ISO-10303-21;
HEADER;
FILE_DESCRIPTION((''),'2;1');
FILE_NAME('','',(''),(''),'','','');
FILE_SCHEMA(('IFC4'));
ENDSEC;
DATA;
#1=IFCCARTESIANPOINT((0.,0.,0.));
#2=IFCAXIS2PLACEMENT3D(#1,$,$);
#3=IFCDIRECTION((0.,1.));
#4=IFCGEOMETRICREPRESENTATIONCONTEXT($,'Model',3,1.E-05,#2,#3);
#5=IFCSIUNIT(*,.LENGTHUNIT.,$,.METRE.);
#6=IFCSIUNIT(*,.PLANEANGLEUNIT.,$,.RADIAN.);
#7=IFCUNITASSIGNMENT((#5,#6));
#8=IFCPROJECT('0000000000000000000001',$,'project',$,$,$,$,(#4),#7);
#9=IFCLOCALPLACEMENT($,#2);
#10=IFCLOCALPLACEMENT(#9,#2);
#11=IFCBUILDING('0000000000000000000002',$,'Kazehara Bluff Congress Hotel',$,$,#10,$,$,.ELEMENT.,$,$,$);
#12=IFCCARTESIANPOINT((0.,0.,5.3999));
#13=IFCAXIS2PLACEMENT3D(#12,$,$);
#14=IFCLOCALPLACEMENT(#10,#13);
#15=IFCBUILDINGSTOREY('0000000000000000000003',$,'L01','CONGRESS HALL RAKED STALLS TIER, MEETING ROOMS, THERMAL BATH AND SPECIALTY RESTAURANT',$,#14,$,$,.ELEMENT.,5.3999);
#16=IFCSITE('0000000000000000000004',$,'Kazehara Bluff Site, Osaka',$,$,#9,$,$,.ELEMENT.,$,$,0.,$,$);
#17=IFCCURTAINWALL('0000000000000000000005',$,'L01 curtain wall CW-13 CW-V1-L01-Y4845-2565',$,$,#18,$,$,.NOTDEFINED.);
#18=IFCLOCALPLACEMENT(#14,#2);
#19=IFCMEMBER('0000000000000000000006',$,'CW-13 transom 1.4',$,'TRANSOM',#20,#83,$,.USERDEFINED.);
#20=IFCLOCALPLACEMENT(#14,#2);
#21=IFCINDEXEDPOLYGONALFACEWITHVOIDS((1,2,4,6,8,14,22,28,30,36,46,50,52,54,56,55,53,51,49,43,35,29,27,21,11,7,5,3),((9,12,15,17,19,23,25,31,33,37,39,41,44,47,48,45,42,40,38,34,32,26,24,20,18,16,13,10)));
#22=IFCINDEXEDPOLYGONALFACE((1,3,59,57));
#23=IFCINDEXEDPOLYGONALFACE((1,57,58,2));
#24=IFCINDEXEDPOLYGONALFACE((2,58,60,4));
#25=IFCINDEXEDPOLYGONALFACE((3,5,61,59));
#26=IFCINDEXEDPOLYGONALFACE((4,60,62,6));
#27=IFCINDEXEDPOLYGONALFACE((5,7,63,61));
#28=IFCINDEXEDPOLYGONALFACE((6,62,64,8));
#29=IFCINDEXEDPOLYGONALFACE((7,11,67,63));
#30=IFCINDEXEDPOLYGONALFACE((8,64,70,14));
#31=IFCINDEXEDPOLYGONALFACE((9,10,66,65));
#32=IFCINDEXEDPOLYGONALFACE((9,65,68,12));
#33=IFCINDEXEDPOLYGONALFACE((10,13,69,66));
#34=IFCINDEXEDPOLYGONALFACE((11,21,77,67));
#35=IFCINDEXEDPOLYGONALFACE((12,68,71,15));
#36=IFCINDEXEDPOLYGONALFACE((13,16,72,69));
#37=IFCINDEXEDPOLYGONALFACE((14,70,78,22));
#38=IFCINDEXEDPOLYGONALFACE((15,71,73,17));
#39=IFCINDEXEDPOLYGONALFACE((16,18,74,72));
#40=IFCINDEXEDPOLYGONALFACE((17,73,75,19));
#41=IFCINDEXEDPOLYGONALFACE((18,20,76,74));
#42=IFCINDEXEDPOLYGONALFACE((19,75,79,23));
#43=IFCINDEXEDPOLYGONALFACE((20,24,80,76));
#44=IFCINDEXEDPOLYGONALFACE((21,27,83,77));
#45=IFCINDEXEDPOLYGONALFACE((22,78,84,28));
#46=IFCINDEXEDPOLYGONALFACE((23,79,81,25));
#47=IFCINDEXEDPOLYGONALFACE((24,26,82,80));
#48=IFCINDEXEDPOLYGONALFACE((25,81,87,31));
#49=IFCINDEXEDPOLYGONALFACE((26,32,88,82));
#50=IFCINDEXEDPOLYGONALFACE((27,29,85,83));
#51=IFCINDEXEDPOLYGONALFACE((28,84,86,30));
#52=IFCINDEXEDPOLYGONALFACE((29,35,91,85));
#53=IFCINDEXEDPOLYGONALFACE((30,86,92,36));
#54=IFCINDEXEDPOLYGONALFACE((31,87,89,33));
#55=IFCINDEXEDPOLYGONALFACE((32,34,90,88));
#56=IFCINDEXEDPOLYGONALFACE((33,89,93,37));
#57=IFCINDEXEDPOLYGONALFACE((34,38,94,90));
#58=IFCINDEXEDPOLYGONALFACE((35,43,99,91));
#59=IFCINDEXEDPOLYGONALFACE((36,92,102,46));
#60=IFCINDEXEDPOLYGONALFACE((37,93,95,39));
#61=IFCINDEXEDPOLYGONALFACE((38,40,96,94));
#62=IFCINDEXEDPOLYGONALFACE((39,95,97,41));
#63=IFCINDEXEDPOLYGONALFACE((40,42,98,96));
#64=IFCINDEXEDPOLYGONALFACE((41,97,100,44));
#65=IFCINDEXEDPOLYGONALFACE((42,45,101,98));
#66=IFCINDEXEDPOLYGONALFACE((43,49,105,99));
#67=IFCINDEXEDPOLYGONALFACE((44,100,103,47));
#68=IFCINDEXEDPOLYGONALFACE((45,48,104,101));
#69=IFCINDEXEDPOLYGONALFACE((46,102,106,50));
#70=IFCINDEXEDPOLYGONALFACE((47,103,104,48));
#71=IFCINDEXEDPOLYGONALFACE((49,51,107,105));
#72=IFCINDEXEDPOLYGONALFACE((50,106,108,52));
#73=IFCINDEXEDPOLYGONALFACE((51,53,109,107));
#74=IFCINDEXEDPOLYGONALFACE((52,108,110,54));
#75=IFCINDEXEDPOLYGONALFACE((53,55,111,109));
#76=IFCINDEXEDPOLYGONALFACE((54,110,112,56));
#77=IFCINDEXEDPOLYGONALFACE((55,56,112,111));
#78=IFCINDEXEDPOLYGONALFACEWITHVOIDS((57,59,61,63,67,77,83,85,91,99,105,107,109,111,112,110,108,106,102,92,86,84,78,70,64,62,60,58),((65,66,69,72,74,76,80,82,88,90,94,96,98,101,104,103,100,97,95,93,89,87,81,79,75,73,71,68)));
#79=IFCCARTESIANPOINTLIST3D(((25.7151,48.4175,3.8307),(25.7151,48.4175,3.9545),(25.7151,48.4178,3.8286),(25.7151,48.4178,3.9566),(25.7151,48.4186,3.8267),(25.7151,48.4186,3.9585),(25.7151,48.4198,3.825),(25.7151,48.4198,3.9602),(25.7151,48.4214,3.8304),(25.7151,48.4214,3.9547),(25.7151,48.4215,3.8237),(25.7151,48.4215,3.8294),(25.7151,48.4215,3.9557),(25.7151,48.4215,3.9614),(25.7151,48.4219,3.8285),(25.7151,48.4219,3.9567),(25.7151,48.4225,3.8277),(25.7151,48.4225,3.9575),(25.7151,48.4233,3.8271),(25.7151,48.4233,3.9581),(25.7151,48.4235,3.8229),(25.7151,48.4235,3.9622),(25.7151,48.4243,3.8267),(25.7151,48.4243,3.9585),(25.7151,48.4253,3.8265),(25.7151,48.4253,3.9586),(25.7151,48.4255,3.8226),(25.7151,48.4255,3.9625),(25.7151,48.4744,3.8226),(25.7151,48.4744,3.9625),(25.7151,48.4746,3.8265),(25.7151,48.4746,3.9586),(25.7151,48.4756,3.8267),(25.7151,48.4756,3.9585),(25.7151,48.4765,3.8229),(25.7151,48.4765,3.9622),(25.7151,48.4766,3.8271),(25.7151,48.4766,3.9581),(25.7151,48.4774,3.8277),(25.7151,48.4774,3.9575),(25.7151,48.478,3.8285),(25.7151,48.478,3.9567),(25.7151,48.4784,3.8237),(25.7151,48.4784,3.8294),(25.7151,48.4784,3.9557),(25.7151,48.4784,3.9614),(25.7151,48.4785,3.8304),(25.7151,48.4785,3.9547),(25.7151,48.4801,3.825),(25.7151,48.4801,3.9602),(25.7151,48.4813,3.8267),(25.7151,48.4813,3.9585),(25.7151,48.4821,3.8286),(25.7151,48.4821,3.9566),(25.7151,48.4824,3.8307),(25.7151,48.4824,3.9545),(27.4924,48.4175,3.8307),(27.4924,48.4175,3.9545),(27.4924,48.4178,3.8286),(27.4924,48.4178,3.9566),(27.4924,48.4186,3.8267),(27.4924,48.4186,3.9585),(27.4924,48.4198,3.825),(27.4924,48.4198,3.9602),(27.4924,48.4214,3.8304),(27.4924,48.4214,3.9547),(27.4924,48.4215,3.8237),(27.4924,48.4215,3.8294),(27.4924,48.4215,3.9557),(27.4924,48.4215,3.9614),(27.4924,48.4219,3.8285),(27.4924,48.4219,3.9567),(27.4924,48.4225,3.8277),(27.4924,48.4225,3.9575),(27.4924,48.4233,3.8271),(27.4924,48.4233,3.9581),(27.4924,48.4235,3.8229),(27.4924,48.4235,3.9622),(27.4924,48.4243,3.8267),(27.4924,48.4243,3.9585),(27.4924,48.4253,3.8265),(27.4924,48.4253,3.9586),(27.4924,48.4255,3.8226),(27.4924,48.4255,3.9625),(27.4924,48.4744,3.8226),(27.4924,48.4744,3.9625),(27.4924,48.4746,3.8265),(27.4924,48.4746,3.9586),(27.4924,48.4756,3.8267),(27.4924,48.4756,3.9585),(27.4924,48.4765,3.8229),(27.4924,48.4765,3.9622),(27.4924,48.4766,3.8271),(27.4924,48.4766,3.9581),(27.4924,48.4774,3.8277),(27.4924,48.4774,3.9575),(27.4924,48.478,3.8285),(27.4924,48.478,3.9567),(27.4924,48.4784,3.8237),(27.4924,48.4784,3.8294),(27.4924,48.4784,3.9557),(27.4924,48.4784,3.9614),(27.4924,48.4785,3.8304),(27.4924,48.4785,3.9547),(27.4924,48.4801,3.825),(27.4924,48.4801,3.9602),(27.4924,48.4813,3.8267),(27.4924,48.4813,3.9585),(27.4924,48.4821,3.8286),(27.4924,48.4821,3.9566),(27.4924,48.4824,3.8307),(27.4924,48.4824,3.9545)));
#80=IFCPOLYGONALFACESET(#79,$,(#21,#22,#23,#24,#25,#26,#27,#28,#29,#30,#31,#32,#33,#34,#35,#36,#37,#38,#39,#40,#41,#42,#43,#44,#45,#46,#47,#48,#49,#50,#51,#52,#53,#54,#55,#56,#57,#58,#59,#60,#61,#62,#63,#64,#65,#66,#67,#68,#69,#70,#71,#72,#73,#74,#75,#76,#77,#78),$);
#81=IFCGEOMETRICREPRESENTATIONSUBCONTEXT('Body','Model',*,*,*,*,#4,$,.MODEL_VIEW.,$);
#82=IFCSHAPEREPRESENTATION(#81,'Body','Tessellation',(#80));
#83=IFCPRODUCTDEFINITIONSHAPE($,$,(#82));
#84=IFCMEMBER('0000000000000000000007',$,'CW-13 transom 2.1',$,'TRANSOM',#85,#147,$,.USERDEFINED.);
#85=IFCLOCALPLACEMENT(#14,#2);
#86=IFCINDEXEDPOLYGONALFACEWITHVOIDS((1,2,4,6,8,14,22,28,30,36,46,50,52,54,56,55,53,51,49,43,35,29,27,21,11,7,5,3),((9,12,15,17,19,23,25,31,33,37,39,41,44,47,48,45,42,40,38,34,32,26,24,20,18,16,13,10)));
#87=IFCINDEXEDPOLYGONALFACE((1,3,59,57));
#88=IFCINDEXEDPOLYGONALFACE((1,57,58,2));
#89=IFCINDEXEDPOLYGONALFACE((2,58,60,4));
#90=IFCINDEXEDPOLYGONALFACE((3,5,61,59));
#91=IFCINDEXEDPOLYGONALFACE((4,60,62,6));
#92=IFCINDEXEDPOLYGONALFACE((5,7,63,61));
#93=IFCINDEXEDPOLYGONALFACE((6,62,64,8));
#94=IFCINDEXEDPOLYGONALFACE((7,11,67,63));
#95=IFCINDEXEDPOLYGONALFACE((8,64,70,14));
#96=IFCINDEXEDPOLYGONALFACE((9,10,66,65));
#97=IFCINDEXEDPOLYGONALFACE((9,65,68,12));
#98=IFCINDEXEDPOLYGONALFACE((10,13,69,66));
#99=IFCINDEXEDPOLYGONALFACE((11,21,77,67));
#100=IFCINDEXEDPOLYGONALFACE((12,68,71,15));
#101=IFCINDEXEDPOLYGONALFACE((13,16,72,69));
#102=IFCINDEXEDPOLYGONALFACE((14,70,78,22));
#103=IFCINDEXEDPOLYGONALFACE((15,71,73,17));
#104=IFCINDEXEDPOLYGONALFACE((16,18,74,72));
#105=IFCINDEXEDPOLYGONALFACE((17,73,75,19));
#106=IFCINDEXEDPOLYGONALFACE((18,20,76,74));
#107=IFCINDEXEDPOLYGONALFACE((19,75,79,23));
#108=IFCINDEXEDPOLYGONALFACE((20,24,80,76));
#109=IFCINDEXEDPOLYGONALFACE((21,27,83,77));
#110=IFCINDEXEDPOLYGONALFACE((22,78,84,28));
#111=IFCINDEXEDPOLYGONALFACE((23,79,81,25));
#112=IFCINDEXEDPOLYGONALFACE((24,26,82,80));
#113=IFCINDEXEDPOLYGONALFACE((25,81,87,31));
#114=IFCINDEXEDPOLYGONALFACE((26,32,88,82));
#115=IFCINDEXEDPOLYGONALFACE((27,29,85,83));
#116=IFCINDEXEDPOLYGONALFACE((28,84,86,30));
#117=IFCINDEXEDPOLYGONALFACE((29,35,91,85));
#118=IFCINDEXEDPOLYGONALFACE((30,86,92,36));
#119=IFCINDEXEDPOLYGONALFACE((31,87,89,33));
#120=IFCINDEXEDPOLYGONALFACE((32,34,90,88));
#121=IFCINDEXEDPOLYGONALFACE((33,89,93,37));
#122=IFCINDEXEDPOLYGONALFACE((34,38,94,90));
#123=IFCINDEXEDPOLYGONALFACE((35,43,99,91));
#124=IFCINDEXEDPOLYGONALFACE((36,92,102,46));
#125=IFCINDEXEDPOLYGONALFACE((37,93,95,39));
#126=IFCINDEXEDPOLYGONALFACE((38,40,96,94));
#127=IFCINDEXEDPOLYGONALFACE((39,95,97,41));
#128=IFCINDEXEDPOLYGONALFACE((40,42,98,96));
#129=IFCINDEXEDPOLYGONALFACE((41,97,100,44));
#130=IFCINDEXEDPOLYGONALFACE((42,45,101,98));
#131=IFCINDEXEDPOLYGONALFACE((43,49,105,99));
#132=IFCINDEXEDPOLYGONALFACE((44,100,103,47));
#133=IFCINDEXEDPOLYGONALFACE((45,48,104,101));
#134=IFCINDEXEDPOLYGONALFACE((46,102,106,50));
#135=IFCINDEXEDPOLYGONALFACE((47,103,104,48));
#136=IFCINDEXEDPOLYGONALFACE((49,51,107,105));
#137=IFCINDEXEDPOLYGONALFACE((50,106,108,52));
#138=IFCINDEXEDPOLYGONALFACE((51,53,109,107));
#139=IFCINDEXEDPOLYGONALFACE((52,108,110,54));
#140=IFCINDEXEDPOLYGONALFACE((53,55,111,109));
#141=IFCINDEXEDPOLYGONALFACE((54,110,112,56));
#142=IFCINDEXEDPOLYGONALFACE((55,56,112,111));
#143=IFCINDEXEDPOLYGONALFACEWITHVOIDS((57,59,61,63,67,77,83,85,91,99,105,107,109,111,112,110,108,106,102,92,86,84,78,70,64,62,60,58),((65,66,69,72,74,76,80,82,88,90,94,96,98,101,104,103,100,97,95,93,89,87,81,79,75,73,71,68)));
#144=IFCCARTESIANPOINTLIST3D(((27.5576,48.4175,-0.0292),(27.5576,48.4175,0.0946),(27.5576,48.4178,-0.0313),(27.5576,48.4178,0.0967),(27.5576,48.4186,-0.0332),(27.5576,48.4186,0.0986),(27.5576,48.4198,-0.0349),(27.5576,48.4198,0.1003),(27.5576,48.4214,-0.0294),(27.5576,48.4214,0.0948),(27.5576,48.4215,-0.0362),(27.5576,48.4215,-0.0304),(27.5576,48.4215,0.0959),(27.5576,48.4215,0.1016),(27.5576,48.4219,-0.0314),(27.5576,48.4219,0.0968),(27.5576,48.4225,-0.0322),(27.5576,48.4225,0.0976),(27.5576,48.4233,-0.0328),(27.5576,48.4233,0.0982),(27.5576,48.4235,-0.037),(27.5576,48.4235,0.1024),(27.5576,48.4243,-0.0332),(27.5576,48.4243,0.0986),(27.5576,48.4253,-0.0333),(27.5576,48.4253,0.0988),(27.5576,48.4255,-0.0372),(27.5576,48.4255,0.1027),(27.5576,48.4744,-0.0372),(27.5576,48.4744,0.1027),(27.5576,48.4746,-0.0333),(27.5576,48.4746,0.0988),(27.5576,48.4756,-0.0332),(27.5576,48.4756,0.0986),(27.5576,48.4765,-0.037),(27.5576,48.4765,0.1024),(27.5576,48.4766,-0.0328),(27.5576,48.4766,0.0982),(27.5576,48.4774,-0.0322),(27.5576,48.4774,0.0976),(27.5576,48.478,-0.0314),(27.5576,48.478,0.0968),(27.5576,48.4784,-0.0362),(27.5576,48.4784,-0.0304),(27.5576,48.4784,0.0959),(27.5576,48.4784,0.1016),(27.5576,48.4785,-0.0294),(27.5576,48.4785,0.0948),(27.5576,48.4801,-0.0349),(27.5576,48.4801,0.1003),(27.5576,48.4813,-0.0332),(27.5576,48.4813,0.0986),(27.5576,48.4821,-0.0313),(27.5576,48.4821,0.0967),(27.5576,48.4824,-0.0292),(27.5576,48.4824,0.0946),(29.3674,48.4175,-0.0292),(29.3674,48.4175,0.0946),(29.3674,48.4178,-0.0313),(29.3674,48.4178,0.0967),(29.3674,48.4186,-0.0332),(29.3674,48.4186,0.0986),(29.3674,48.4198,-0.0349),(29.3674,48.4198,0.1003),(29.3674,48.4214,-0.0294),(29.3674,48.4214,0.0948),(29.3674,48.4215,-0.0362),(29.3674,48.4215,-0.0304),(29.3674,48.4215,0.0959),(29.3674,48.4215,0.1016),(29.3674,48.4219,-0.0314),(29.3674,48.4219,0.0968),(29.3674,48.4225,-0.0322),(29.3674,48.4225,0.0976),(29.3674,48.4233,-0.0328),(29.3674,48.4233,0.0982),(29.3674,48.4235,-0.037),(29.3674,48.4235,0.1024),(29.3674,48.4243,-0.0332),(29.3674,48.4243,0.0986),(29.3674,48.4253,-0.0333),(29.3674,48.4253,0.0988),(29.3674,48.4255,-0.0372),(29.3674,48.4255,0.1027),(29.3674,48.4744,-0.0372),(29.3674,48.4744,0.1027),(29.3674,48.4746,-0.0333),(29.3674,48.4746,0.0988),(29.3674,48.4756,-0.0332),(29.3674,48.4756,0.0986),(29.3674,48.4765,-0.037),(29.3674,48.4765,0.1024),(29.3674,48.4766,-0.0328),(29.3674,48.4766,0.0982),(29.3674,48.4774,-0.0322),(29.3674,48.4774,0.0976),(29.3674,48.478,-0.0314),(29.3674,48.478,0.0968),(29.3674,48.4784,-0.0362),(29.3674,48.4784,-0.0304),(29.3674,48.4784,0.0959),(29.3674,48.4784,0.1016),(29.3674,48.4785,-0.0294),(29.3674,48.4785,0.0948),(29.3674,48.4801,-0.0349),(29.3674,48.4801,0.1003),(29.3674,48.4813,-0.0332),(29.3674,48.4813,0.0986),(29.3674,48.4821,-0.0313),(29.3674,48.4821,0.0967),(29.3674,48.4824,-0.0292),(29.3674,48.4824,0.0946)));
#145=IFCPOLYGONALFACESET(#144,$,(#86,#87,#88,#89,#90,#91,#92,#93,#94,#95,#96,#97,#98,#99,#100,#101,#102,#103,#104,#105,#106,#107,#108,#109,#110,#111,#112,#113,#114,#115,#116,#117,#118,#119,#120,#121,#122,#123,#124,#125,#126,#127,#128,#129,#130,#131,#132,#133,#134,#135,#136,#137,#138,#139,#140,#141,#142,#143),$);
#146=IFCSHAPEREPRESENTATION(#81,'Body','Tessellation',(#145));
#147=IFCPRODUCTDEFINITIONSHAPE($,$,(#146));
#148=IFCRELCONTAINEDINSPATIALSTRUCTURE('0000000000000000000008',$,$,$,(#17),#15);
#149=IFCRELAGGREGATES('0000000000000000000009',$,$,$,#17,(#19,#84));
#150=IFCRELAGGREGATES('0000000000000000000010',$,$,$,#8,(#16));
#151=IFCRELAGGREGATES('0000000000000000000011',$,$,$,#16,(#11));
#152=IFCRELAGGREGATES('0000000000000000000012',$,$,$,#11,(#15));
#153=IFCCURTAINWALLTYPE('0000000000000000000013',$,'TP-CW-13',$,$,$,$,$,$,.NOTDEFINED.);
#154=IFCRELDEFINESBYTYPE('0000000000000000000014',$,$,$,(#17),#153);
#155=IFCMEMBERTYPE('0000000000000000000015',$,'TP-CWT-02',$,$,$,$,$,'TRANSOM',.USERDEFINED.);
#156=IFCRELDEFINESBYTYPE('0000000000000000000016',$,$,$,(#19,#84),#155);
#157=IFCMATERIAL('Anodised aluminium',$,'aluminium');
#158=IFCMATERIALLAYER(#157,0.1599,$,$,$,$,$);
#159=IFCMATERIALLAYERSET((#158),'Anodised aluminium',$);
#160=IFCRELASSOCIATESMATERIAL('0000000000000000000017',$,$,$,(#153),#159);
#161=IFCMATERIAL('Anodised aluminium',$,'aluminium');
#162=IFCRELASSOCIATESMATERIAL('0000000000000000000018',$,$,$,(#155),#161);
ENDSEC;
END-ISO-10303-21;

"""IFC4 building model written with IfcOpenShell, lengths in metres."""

from ifc_helpers import new_model, si_unit, direction, frame, origin, origin_2d, place, context, subcontext, project, spatial, hollow_rectangle, extrude, material, layer, layer_set, material_profile, profile_set, type_object, element, aggregate, save


model = new_model("IFC4")

# Units and contexts
model_context = context("Model", 3, precision=1e-05, world=origin(), true_north=direction((0.0, 1.0)))
body_context = subcontext(model_context, "Body", "Model", "MODEL_VIEW")
ifc_project = project(units=[si_unit("LENGTHUNIT", "METRE"), si_unit("PLANEANGLEUNIT", "RADIAN")], contexts=[model_context])

# Site, building, storey
site_placement = place(None, origin())
site = spatial("IfcSite", under=ifc_project, at=site_placement, Name="Kazehara Bluff Site, Osaka", CompositionType="ELEMENT", RefElevation=0.0)
building_placement = place(site_placement, origin())
building = spatial("IfcBuilding", under=site, at=building_placement, Name="Kazehara Bluff Congress Hotel", CompositionType="ELEMENT")
storey_placement = place(building_placement, frame((0.0, 0.0, 5.3999)))
storey = spatial("IfcBuildingStorey", under=building, at=storey_placement, Name="L01", Description="CONGRESS HALL RAKED STALLS TIER, MEETING ROOMS, THERMAL BATH AND SPECIALTY RESTAURANT", CompositionType="ELEMENT", Elevation=5.3999)

# Curtain wall
ifc_material_1 = material(Name="Anodised aluminium", Category="aluminium")
ifc_layer_1 = layer(ifc_material_1, 0.1599)
ifc_layer_set_1 = layer_set([ifc_layer_1], Name="Anodised aluminium")
curtain_wall_type_1 = type_object("IfcCurtainWallType", Name="TP-CW-13", PredefinedType="NOTDEFINED", material=ifc_layer_set_1)
curtain_wall_1_placement = place(storey_placement, origin())
curtain_wall_1 = element("IfcCurtainWall", 1, at=curtain_wall_1_placement, inside=storey, type_object=curtain_wall_type_1, Name="L01 curtain wall CW-13 CW-V1-L01-Y4845-2565", PredefinedType="NOTDEFINED")

# Members
ifc_material_2 = material(Name="Anodised aluminium", Category="aluminium")
ifc_material_profile_1 = material_profile(ifc_material_2, hollow_rectangle(XDim=0.0649, YDim=0.1399, WallThickness=0.0039, InnerFilletRadius=0.0039, OuterFilletRadius=0.0081, at=origin_2d()))
ifc_profile_set_1 = profile_set([ifc_material_profile_1], Name="Anodised aluminium")
member_type_1 = type_object("IfcMemberType", Name="TP-CWT-02", ElementType="TRANSOM", PredefinedType="USERDEFINED", material=ifc_profile_set_1)
member_1_placement = place(storey_placement, frame((25.7151, 48.45, 3.8926), z_axis=(1.0, 0.0, 0.0), x_axis=(0.0, 1.0, 0.0)))
member_1 = element("IfcMember", 2, at=member_1_placement, type_object=member_type_1, Name="CW-13 transom 1.4", ObjectType="TRANSOM", PredefinedType="USERDEFINED", context=body_context, shape_type="SweptSolid", body=[
    extrude(hollow_rectangle(XDim=0.0649, YDim=0.1399, WallThickness=0.0039, InnerFilletRadius=0.0039, OuterFilletRadius=0.0081, at=origin_2d()), origin(), (0.0, 0.0, 1.0), 1.7773),
])
member_2_placement = place(storey_placement, frame((27.5576, 48.45, 0.0327), z_axis=(1.0, 0.0, 0.0), x_axis=(0.0, 1.0, 0.0)))
member_2 = element("IfcMember", 3, at=member_2_placement, type_object=member_type_1, Name="CW-13 transom 2.1", ObjectType="TRANSOM", PredefinedType="USERDEFINED", context=body_context, shape_type="SweptSolid", body=[
    extrude(hollow_rectangle(XDim=0.0649, YDim=0.1399, WallThickness=0.0039, InnerFilletRadius=0.0039, OuterFilletRadius=0.0081, at=origin_2d()), origin(), (0.0, 0.0, 1.0), 1.8098),
])

aggregate(curtain_wall_1, [member_1, member_2])

save(model, "model.ifc")
